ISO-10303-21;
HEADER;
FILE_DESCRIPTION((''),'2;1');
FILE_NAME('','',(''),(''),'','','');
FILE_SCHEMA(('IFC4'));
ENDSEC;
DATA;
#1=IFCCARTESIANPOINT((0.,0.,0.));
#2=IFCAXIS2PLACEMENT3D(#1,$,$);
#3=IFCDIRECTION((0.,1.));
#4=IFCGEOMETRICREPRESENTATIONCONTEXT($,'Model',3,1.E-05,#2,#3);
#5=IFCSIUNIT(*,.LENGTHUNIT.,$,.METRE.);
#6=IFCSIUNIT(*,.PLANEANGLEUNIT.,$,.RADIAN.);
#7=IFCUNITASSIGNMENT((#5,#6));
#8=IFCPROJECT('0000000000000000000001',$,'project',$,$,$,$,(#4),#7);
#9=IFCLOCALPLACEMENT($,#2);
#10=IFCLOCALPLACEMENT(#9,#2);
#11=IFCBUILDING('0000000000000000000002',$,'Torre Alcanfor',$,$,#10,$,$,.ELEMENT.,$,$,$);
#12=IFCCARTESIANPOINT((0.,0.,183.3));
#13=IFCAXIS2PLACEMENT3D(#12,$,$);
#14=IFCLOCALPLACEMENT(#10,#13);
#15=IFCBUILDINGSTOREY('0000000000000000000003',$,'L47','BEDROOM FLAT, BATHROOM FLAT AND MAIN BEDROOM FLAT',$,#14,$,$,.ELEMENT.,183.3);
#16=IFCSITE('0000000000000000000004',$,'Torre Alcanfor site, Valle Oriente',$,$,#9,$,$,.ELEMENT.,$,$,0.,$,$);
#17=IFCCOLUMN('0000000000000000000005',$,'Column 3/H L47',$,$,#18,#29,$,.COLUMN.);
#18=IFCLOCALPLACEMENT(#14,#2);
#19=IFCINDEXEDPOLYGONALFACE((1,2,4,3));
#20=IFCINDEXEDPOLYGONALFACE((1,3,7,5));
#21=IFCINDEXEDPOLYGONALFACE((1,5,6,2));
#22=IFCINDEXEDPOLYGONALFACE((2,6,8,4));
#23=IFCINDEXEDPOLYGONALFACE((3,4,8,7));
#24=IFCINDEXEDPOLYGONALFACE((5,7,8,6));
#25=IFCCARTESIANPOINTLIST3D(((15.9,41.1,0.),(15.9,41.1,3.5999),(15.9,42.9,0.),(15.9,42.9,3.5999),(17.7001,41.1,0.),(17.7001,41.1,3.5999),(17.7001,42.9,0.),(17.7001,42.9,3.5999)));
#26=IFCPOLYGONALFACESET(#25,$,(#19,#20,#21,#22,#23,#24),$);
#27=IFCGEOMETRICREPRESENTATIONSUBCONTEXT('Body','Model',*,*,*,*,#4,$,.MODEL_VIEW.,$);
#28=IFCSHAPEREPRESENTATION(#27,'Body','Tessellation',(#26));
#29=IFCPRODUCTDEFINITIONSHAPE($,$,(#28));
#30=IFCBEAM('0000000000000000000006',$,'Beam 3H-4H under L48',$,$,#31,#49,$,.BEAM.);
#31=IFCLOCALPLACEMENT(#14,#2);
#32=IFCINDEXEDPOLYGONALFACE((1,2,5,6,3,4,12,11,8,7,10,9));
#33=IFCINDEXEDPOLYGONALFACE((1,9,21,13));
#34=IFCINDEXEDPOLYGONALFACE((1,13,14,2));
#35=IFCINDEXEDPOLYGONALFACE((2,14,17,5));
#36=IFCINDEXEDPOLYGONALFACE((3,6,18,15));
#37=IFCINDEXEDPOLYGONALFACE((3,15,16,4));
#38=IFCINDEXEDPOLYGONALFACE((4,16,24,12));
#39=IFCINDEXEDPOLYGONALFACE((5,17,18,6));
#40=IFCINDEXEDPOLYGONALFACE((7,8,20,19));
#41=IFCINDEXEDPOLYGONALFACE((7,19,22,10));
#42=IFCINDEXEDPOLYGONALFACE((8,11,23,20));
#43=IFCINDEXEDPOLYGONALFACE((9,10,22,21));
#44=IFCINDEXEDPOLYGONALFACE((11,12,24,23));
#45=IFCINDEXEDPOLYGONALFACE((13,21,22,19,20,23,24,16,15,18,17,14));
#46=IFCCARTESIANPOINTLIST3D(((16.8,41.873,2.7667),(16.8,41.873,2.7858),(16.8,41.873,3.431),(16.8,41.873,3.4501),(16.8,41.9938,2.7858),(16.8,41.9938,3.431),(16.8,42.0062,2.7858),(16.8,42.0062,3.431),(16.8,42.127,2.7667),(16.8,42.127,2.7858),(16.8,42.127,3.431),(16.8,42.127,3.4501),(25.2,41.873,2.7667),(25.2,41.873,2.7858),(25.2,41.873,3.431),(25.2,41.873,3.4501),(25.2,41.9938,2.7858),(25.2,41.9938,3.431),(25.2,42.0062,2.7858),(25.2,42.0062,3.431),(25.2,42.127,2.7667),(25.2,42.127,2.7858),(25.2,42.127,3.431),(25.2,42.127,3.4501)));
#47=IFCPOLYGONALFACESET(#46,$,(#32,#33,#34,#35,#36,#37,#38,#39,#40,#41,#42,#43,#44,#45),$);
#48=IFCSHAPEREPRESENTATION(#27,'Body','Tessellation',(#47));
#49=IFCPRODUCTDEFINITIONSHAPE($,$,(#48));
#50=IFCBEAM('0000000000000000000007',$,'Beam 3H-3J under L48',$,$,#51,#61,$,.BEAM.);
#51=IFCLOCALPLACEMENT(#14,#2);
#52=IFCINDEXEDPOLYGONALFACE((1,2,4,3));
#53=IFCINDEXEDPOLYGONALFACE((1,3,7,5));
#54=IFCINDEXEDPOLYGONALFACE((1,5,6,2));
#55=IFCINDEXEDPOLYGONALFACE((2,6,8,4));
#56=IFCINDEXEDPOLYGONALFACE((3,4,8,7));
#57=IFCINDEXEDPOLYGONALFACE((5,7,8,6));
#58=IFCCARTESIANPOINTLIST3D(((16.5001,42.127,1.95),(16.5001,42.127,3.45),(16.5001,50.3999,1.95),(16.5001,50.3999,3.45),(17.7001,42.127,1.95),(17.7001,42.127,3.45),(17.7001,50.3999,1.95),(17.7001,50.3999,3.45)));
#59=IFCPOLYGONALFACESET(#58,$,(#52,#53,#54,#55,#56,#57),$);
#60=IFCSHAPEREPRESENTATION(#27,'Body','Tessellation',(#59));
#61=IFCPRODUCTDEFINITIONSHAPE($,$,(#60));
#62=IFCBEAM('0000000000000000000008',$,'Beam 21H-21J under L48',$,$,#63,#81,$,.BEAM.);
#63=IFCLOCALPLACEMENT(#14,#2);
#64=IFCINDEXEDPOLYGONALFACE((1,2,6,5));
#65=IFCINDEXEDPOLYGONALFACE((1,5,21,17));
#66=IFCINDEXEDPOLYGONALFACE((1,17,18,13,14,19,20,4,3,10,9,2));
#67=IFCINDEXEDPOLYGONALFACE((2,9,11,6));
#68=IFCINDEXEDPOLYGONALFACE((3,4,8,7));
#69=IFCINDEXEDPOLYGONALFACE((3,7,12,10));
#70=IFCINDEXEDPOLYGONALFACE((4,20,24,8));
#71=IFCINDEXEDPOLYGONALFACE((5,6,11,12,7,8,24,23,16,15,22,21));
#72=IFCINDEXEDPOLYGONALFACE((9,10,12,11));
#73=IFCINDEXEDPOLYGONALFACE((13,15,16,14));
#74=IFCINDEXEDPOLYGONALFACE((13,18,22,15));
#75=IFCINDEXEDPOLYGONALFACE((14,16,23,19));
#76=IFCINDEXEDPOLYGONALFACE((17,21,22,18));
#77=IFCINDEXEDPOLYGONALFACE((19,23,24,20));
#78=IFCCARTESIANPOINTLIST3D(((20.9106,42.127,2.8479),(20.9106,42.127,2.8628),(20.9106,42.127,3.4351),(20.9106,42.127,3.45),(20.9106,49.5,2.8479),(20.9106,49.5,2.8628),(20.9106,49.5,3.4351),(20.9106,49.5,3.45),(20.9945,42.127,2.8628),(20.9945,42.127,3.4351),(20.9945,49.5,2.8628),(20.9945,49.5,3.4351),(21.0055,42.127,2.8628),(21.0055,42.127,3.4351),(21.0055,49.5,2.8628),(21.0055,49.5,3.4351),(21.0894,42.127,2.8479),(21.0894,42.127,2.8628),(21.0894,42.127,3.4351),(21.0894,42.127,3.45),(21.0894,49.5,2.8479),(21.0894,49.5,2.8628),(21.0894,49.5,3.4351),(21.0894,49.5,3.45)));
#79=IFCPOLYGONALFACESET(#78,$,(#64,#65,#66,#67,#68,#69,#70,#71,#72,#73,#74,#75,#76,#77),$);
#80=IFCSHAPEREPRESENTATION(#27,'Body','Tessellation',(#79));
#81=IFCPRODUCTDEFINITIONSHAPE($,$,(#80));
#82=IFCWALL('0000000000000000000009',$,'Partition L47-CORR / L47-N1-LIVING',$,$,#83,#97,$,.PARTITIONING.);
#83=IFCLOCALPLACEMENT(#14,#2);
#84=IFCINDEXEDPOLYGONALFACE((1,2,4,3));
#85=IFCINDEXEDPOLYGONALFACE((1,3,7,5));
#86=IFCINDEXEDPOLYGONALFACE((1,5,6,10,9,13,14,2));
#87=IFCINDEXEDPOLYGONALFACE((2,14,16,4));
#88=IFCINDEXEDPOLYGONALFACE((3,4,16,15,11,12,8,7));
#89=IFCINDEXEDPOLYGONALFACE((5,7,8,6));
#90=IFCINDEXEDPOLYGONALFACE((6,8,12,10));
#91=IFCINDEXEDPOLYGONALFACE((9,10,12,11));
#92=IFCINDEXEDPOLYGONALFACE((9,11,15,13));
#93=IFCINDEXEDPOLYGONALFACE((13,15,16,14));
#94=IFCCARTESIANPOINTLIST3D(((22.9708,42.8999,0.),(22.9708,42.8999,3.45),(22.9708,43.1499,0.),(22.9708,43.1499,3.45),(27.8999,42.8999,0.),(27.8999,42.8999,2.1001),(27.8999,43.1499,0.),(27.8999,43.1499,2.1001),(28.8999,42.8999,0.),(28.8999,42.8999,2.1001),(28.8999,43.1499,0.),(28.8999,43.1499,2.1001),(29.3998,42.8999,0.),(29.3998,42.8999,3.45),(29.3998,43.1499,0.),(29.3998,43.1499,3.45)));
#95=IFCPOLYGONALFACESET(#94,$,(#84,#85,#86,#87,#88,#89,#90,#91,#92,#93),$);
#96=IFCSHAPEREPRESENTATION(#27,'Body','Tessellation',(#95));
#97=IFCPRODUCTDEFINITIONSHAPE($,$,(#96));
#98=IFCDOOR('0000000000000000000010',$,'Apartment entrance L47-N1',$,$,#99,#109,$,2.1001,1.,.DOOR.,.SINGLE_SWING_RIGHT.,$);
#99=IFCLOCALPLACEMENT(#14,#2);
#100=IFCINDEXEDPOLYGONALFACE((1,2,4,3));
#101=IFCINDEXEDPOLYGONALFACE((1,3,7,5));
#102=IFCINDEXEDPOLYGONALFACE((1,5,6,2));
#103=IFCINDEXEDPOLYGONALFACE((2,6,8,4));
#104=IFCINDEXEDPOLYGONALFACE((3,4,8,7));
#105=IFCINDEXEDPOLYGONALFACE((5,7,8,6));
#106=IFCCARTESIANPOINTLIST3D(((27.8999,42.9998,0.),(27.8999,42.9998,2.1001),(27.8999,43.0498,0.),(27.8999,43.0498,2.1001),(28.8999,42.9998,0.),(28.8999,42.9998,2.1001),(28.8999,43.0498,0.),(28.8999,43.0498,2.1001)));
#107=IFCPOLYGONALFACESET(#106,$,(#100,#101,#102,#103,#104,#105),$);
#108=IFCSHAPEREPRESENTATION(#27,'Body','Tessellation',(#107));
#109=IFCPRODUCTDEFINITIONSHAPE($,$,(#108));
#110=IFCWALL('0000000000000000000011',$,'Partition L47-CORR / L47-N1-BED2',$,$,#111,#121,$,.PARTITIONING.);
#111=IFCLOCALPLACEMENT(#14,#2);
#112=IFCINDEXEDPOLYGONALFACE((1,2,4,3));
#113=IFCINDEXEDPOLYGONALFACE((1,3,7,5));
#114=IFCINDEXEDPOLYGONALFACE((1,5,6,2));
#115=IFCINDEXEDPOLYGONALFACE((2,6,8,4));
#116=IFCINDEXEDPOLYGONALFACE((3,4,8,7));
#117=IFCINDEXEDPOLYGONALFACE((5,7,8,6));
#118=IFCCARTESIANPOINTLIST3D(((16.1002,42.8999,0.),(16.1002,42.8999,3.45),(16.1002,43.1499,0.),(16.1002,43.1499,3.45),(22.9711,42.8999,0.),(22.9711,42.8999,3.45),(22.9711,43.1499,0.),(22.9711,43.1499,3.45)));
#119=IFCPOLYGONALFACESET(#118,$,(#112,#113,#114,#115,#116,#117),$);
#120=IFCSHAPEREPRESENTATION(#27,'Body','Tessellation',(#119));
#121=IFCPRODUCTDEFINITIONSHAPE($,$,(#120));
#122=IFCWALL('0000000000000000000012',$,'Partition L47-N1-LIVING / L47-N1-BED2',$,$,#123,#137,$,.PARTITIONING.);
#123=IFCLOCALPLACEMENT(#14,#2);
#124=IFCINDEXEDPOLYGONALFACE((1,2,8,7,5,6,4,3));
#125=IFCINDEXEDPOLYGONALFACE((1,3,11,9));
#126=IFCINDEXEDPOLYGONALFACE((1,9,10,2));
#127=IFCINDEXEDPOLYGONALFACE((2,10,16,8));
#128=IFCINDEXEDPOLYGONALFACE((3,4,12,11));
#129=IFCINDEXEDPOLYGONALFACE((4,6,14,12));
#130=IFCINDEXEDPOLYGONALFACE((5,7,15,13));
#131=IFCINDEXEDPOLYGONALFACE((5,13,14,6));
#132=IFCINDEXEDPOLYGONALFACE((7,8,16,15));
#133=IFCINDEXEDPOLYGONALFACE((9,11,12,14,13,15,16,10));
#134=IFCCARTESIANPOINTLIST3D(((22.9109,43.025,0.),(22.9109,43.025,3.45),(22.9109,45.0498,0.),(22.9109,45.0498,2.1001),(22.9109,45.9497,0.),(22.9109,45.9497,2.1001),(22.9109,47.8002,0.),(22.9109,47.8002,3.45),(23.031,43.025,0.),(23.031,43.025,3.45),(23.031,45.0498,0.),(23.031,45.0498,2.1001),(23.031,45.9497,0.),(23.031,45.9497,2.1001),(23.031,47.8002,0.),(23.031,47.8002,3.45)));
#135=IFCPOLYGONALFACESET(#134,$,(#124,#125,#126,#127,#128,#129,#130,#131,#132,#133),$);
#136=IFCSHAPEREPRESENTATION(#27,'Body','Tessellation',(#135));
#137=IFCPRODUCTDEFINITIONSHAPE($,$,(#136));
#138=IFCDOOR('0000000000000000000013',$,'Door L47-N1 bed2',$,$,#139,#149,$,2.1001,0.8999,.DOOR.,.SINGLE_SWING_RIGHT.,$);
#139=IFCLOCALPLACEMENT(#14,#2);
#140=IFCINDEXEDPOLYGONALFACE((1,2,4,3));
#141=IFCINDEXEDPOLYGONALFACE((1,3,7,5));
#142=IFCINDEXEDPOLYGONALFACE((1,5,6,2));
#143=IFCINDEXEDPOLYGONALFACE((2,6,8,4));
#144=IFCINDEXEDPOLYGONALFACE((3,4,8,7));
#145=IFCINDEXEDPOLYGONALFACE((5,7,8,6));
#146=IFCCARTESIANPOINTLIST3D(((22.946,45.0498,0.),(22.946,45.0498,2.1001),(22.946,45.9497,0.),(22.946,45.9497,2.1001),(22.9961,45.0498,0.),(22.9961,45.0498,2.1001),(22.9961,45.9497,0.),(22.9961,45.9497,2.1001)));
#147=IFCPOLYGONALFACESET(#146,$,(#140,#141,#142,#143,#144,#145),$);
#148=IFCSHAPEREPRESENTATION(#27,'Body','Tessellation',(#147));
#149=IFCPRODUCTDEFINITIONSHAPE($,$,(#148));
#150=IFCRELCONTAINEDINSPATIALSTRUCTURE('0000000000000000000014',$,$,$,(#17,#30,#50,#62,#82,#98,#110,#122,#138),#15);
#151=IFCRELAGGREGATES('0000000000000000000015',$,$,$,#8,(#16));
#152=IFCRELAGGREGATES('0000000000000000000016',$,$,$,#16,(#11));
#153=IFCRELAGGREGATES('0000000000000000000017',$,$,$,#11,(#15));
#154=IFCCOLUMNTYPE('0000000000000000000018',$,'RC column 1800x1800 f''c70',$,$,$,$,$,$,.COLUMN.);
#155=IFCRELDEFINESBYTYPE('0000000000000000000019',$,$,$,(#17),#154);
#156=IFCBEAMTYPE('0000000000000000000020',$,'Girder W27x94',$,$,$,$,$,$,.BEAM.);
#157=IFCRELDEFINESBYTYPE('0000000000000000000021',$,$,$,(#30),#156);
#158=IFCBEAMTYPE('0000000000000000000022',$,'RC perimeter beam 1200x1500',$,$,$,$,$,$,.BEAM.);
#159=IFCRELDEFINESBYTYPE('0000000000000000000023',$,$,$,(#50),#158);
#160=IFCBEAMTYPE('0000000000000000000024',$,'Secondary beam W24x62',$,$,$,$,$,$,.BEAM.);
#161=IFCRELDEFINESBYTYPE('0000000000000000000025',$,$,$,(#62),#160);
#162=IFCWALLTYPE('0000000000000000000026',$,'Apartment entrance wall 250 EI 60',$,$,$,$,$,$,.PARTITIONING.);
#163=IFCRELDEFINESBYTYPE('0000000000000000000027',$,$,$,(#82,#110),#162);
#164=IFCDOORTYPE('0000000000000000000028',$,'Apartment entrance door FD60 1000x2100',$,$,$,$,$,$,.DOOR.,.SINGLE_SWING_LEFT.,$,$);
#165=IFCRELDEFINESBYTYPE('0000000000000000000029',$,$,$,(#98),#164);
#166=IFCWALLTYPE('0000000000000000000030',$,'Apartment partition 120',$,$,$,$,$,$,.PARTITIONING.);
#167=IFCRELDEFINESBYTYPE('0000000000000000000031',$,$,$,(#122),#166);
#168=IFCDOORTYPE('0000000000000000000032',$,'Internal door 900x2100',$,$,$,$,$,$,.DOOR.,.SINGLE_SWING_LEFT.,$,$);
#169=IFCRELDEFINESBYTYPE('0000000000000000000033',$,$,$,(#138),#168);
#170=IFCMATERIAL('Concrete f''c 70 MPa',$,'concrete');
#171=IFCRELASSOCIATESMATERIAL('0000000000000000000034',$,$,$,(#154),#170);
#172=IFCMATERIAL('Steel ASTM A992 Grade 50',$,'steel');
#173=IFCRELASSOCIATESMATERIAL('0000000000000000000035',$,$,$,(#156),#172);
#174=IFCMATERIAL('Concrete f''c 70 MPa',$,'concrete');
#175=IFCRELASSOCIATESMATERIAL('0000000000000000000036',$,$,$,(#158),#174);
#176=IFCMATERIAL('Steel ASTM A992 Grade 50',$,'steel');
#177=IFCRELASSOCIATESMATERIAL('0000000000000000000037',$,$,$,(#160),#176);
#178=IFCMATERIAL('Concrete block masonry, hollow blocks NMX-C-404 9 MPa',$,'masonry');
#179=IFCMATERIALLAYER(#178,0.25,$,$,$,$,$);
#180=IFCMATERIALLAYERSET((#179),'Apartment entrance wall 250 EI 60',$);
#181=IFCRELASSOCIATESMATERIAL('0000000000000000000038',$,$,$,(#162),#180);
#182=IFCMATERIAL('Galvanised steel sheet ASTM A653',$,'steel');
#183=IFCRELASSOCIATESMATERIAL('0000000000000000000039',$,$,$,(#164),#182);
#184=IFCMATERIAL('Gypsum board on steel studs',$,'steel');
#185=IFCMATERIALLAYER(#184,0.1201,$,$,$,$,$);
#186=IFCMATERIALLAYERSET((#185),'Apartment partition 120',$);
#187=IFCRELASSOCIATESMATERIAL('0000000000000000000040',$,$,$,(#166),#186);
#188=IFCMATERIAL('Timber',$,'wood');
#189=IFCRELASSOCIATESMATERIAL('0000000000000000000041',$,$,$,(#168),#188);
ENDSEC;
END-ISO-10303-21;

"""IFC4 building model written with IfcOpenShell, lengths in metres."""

from ifc_helpers import new_model, si_unit, direction, frame, frame_2d, origin, origin_2d, place, context, subcontext, project, spatial, rectangle, i_section, extrude, material, layer, layer_set, material_profile, profile_set, type_object, element, fill, save


model = new_model("IFC4")

# Units and contexts
model_context = context("Model", 3, precision=1e-05, world=origin(), true_north=direction((0.0, 1.0)))
body_context = subcontext(model_context, "Body", "Model", "MODEL_VIEW")
ifc_project = project(units=[si_unit("LENGTHUNIT", "METRE"), si_unit("PLANEANGLEUNIT", "RADIAN")], contexts=[model_context])

# Site, building, storey
site_placement = place(None, origin())
site = spatial("IfcSite", under=ifc_project, at=site_placement, Name="Torre Alcanfor site, Valle Oriente", CompositionType="ELEMENT", RefElevation=0.0)
building_placement = place(site_placement, origin())
building = spatial("IfcBuilding", under=site, at=building_placement, Name="Torre Alcanfor", CompositionType="ELEMENT")
storey_placement = place(building_placement, frame((0.0, 0.0, 183.3)))
storey = spatial("IfcBuildingStorey", under=building, at=storey_placement, Name="L47", Description="BEDROOM FLAT, BATHROOM FLAT AND MAIN BEDROOM FLAT", CompositionType="ELEMENT", Elevation=183.3)

# Column
ifc_material_1 = material(Name="Concrete f'c 70 MPa", Category="concrete")
ifc_material_profile_1 = material_profile(ifc_material_1, rectangle(XDim=1.8, YDim=1.8, at=origin_2d()), Name="1800x1800")
ifc_profile_set_1 = profile_set([ifc_material_profile_1], Name="Concrete f'c 70 MPa")
column_type = type_object("IfcColumnType", Name="RC column 1800x1800 f'c70", PredefinedType="COLUMN", material=ifc_profile_set_1)
column_placement = place(storey_placement, frame((16.8, 42.0, 0.0), z_axis=(0.0, 0.0, 1.0), x_axis=(1.0, 0.0, 0.0)))
element("IfcColumn", 1, at=column_placement, inside=storey, type_object=column_type, Name="Column 3/H L47", PredefinedType="COLUMN", context=body_context, shape_type="SweptSolid", body=[
    extrude(rectangle(XDim=1.8, YDim=1.8, at=origin_2d()), origin(), (0.0, 0.0, 1.0), 3.5999),
])

# Beams
ifc_material_2 = material(Name="Steel ASTM A992 Grade 50", Category="steel")
ifc_material_profile_2 = material_profile(ifc_material_2, i_section(OverallWidth=0.2539, OverallDepth=0.6833, WebThickness=0.0125, FlangeThickness=0.019, at=origin_2d()), Name="W27x94")
ifc_profile_set_2 = profile_set([ifc_material_profile_2], Name="Steel ASTM A992 Grade 50")
beam_type_1 = type_object("IfcBeamType", Name="Girder W27x94", PredefinedType="BEAM", material=ifc_profile_set_2)
beam_1_placement = place(storey_placement, frame((16.8, 42.0, 3.1084), z_axis=(1.0, 0.0, 0.0), x_axis=(0.0, 1.0, 0.0)))
element("IfcBeam", 2, at=beam_1_placement, inside=storey, type_object=beam_type_1, Name="Beam 3H-4H under L48", PredefinedType="BEAM", context=body_context, shape_type="SweptSolid", body=[
    extrude(i_section(OverallWidth=0.2539, OverallDepth=0.6833, WebThickness=0.0125, FlangeThickness=0.019, at=origin_2d()), origin(), (0.0, 0.0, 1.0), 8.3999),
])
ifc_material_3 = material(Name="Concrete f'c 70 MPa", Category="concrete")
ifc_material_profile_3 = material_profile(ifc_material_3, rectangle(XDim=1.2, YDim=1.5, at=origin_2d()), Name="1200x1500")
ifc_profile_set_3 = profile_set([ifc_material_profile_3], Name="Concrete f'c 70 MPa")
beam_type_2 = type_object("IfcBeamType", Name="RC perimeter beam 1200x1500", PredefinedType="BEAM", material=ifc_profile_set_3)
beam_2_placement = place(storey_placement, frame((17.1001, 42.127, 2.7), z_axis=(0.0, 1.0, 0.0), x_axis=(-1.0, 0.0, 0.0)))
element("IfcBeam", 3, at=beam_2_placement, inside=storey, type_object=beam_type_2, Name="Beam 3H-3J under L48", PredefinedType="BEAM", context=body_context, shape_type="SweptSolid", body=[
    extrude(rectangle(XDim=1.2, YDim=1.5, at=origin_2d()), origin(), (0.0, 0.0, 1.0), 8.2729),
])
ifc_material_4 = material(Name="Steel ASTM A992 Grade 50", Category="steel")
ifc_material_profile_4 = material_profile(ifc_material_4, i_section(OverallWidth=0.1787, OverallDepth=0.6021, WebThickness=0.011, FlangeThickness=0.0149, at=origin_2d()), Name="W24x62")
ifc_profile_set_4 = profile_set([ifc_material_profile_4], Name="Steel ASTM A992 Grade 50")
beam_type_3 = type_object("IfcBeamType", Name="Secondary beam W24x62", PredefinedType="BEAM", material=ifc_profile_set_4)
beam_3_placement = place(storey_placement, frame((21.0, 42.127, 3.1489), z_axis=(0.0, 1.0, 0.0), x_axis=(-1.0, 0.0, 0.0)))
element("IfcBeam", 4, at=beam_3_placement, inside=storey, type_object=beam_type_3, Name="Beam 21H-21J under L48", PredefinedType="BEAM", context=body_context, shape_type="SweptSolid", body=[
    extrude(i_section(OverallWidth=0.1787, OverallDepth=0.6021, WebThickness=0.011, FlangeThickness=0.0149, at=origin_2d()), origin(), (0.0, 0.0, 1.0), 7.373),
])

# Wall, opening, door
ifc_material_5 = material(Name="Concrete block masonry, hollow blocks NMX-C-404 9 MPa", Category="masonry")
ifc_layer_1 = layer(ifc_material_5, 0.25)
ifc_layer_set_1 = layer_set([ifc_layer_1], Name="Apartment entrance wall 250 EI 60")
wall_type_1 = type_object("IfcWallType", Name="Apartment entrance wall 250 EI 60", PredefinedType="PARTITIONING", material=ifc_layer_set_1)
wall_1_placement = place(storey_placement, frame((22.9709, 43.0249, 0.0), z_axis=(0.0, 0.0, 1.0), x_axis=(1.0, 0.0, 0.0)))
wall_1 = element("IfcWall", 5, at=wall_1_placement, inside=storey, type_object=wall_type_1, Name="Partition L47-CORR / L47-N1-LIVING", PredefinedType="PARTITIONING", context=body_context, shape_type="SweptSolid", body=[
    extrude(rectangle(XDim=6.429, YDim=0.25, at=frame_2d((3.2144, 0.0))), origin(), (0.0, 0.0, 1.0), 3.45),
])
opening_1_placement = place(wall_1_placement, frame((4.929, 0.0, 0.0)))
opening_1 = element("IfcOpeningElement", 6, at=opening_1_placement, cuts=wall_1, PredefinedType="OPENING", context=body_context, shape_type="SweptSolid", body=[
    extrude(rectangle(XDim=1.0, YDim=2.1001, at=frame_2d((0.5, 1.05))), frame((0.0, 0.135, 0.0), z_axis=(0.0, -1.0, 0.0), x_axis=(1.0, 0.0, 0.0)), (0.0, 0.0, 1.0), 0.27),
])
ifc_material_6 = material(Name="Galvanised steel sheet ASTM A653", Category="steel")
door_type_1 = type_object("IfcDoorType", Name="Apartment entrance door FD60 1000x2100", OperationType="SINGLE_SWING_LEFT", PredefinedType="DOOR", material=ifc_material_6)
door_1_placement = place(opening_1_placement, origin())
door_1 = element("IfcDoor", 7, at=door_1_placement, inside=storey, type_object=door_type_1, Name="Apartment entrance L47-N1", OperationType="SINGLE_SWING_RIGHT", OverallHeight=2.1001, OverallWidth=1.0, PredefinedType="DOOR", context=body_context, shape_type="SweptSolid", body=[
    extrude(rectangle(XDim=1.0, YDim=2.1001, at=frame_2d((0.5, 1.05))), frame((0.0, 0.0249, 0.0), z_axis=(0.0, -1.0, 0.0), x_axis=(1.0, 0.0, 0.0)), (0.0, 0.0, 1.0), 0.05),
])
fill(opening_1, door_1)

# Wall
wall_2_placement = place(storey_placement, frame((16.1001, 43.0249, 0.0), z_axis=(0.0, 0.0, 1.0), x_axis=(1.0, 0.0, 0.0)))
element("IfcWall", 8, at=wall_2_placement, inside=storey, type_object=wall_type_1, Name="Partition L47-CORR / L47-N1-BED2", PredefinedType="PARTITIONING", context=body_context, shape_type="SweptSolid", body=[
    extrude(rectangle(XDim=6.8708, YDim=0.25, at=frame_2d((3.4355, 0.0))), origin(), (0.0, 0.0, 1.0), 3.45),
])

# Wall, opening, door
ifc_material_7 = material(Name="Gypsum board on steel studs", Category="steel")
ifc_layer_2 = layer(ifc_material_7, 0.1201)
ifc_layer_set_2 = layer_set([ifc_layer_2], Name="Apartment partition 120")
wall_type_2 = type_object("IfcWallType", Name="Apartment partition 120", PredefinedType="PARTITIONING", material=ifc_layer_set_2)
wall_3_placement = place(storey_placement, frame((22.9709, 43.0249, 0.0), z_axis=(0.0, 0.0, 1.0), x_axis=(0.0, 1.0, 0.0)))
wall_3 = element("IfcWall", 9, at=wall_3_placement, inside=storey, type_object=wall_type_2, Name="Partition L47-N1-LIVING / L47-N1-BED2", PredefinedType="PARTITIONING", context=body_context, shape_type="SweptSolid", body=[
    extrude(rectangle(XDim=4.7751, YDim=0.1201, at=frame_2d((2.3877, 0.0))), origin(), (0.0, 0.0, 1.0), 3.45),
])
opening_2_placement = place(wall_3_placement, frame((2.0249, 0.0, 0.0)))
opening_2 = element("IfcOpeningElement", 10, at=opening_2_placement, cuts=wall_3, PredefinedType="OPENING", context=body_context, shape_type="SweptSolid", body=[
    extrude(rectangle(XDim=0.8999, YDim=2.1001, at=frame_2d((0.45, 1.05))), frame((0.0, 0.0701, 0.0), z_axis=(0.0, -1.0, 0.0), x_axis=(1.0, 0.0, 0.0)), (0.0, 0.0, 1.0), 0.1401),
])
ifc_material_8 = material(Name="Timber", Category="wood")
door_type_2 = type_object("IfcDoorType", Name="Internal door 900x2100", OperationType="SINGLE_SWING_LEFT", PredefinedType="DOOR", material=ifc_material_8)
door_2_placement = place(opening_2_placement, origin())
door_2 = element("IfcDoor", 11, at=door_2_placement, inside=storey, type_object=door_type_2, Name="Door L47-N1 bed2", OperationType="SINGLE_SWING_RIGHT", OverallHeight=2.1001, OverallWidth=0.8999, PredefinedType="DOOR", context=body_context, shape_type="SweptSolid", body=[
    extrude(rectangle(XDim=0.8999, YDim=2.1001, at=frame_2d((0.45, 1.05))), frame((0.0, 0.0249, 0.0), z_axis=(0.0, -1.0, 0.0), x_axis=(1.0, 0.0, 0.0)), (0.0, 0.0, 1.0), 0.05),
])
fill(opening_2, door_2)

save(model, "model.ifc")
